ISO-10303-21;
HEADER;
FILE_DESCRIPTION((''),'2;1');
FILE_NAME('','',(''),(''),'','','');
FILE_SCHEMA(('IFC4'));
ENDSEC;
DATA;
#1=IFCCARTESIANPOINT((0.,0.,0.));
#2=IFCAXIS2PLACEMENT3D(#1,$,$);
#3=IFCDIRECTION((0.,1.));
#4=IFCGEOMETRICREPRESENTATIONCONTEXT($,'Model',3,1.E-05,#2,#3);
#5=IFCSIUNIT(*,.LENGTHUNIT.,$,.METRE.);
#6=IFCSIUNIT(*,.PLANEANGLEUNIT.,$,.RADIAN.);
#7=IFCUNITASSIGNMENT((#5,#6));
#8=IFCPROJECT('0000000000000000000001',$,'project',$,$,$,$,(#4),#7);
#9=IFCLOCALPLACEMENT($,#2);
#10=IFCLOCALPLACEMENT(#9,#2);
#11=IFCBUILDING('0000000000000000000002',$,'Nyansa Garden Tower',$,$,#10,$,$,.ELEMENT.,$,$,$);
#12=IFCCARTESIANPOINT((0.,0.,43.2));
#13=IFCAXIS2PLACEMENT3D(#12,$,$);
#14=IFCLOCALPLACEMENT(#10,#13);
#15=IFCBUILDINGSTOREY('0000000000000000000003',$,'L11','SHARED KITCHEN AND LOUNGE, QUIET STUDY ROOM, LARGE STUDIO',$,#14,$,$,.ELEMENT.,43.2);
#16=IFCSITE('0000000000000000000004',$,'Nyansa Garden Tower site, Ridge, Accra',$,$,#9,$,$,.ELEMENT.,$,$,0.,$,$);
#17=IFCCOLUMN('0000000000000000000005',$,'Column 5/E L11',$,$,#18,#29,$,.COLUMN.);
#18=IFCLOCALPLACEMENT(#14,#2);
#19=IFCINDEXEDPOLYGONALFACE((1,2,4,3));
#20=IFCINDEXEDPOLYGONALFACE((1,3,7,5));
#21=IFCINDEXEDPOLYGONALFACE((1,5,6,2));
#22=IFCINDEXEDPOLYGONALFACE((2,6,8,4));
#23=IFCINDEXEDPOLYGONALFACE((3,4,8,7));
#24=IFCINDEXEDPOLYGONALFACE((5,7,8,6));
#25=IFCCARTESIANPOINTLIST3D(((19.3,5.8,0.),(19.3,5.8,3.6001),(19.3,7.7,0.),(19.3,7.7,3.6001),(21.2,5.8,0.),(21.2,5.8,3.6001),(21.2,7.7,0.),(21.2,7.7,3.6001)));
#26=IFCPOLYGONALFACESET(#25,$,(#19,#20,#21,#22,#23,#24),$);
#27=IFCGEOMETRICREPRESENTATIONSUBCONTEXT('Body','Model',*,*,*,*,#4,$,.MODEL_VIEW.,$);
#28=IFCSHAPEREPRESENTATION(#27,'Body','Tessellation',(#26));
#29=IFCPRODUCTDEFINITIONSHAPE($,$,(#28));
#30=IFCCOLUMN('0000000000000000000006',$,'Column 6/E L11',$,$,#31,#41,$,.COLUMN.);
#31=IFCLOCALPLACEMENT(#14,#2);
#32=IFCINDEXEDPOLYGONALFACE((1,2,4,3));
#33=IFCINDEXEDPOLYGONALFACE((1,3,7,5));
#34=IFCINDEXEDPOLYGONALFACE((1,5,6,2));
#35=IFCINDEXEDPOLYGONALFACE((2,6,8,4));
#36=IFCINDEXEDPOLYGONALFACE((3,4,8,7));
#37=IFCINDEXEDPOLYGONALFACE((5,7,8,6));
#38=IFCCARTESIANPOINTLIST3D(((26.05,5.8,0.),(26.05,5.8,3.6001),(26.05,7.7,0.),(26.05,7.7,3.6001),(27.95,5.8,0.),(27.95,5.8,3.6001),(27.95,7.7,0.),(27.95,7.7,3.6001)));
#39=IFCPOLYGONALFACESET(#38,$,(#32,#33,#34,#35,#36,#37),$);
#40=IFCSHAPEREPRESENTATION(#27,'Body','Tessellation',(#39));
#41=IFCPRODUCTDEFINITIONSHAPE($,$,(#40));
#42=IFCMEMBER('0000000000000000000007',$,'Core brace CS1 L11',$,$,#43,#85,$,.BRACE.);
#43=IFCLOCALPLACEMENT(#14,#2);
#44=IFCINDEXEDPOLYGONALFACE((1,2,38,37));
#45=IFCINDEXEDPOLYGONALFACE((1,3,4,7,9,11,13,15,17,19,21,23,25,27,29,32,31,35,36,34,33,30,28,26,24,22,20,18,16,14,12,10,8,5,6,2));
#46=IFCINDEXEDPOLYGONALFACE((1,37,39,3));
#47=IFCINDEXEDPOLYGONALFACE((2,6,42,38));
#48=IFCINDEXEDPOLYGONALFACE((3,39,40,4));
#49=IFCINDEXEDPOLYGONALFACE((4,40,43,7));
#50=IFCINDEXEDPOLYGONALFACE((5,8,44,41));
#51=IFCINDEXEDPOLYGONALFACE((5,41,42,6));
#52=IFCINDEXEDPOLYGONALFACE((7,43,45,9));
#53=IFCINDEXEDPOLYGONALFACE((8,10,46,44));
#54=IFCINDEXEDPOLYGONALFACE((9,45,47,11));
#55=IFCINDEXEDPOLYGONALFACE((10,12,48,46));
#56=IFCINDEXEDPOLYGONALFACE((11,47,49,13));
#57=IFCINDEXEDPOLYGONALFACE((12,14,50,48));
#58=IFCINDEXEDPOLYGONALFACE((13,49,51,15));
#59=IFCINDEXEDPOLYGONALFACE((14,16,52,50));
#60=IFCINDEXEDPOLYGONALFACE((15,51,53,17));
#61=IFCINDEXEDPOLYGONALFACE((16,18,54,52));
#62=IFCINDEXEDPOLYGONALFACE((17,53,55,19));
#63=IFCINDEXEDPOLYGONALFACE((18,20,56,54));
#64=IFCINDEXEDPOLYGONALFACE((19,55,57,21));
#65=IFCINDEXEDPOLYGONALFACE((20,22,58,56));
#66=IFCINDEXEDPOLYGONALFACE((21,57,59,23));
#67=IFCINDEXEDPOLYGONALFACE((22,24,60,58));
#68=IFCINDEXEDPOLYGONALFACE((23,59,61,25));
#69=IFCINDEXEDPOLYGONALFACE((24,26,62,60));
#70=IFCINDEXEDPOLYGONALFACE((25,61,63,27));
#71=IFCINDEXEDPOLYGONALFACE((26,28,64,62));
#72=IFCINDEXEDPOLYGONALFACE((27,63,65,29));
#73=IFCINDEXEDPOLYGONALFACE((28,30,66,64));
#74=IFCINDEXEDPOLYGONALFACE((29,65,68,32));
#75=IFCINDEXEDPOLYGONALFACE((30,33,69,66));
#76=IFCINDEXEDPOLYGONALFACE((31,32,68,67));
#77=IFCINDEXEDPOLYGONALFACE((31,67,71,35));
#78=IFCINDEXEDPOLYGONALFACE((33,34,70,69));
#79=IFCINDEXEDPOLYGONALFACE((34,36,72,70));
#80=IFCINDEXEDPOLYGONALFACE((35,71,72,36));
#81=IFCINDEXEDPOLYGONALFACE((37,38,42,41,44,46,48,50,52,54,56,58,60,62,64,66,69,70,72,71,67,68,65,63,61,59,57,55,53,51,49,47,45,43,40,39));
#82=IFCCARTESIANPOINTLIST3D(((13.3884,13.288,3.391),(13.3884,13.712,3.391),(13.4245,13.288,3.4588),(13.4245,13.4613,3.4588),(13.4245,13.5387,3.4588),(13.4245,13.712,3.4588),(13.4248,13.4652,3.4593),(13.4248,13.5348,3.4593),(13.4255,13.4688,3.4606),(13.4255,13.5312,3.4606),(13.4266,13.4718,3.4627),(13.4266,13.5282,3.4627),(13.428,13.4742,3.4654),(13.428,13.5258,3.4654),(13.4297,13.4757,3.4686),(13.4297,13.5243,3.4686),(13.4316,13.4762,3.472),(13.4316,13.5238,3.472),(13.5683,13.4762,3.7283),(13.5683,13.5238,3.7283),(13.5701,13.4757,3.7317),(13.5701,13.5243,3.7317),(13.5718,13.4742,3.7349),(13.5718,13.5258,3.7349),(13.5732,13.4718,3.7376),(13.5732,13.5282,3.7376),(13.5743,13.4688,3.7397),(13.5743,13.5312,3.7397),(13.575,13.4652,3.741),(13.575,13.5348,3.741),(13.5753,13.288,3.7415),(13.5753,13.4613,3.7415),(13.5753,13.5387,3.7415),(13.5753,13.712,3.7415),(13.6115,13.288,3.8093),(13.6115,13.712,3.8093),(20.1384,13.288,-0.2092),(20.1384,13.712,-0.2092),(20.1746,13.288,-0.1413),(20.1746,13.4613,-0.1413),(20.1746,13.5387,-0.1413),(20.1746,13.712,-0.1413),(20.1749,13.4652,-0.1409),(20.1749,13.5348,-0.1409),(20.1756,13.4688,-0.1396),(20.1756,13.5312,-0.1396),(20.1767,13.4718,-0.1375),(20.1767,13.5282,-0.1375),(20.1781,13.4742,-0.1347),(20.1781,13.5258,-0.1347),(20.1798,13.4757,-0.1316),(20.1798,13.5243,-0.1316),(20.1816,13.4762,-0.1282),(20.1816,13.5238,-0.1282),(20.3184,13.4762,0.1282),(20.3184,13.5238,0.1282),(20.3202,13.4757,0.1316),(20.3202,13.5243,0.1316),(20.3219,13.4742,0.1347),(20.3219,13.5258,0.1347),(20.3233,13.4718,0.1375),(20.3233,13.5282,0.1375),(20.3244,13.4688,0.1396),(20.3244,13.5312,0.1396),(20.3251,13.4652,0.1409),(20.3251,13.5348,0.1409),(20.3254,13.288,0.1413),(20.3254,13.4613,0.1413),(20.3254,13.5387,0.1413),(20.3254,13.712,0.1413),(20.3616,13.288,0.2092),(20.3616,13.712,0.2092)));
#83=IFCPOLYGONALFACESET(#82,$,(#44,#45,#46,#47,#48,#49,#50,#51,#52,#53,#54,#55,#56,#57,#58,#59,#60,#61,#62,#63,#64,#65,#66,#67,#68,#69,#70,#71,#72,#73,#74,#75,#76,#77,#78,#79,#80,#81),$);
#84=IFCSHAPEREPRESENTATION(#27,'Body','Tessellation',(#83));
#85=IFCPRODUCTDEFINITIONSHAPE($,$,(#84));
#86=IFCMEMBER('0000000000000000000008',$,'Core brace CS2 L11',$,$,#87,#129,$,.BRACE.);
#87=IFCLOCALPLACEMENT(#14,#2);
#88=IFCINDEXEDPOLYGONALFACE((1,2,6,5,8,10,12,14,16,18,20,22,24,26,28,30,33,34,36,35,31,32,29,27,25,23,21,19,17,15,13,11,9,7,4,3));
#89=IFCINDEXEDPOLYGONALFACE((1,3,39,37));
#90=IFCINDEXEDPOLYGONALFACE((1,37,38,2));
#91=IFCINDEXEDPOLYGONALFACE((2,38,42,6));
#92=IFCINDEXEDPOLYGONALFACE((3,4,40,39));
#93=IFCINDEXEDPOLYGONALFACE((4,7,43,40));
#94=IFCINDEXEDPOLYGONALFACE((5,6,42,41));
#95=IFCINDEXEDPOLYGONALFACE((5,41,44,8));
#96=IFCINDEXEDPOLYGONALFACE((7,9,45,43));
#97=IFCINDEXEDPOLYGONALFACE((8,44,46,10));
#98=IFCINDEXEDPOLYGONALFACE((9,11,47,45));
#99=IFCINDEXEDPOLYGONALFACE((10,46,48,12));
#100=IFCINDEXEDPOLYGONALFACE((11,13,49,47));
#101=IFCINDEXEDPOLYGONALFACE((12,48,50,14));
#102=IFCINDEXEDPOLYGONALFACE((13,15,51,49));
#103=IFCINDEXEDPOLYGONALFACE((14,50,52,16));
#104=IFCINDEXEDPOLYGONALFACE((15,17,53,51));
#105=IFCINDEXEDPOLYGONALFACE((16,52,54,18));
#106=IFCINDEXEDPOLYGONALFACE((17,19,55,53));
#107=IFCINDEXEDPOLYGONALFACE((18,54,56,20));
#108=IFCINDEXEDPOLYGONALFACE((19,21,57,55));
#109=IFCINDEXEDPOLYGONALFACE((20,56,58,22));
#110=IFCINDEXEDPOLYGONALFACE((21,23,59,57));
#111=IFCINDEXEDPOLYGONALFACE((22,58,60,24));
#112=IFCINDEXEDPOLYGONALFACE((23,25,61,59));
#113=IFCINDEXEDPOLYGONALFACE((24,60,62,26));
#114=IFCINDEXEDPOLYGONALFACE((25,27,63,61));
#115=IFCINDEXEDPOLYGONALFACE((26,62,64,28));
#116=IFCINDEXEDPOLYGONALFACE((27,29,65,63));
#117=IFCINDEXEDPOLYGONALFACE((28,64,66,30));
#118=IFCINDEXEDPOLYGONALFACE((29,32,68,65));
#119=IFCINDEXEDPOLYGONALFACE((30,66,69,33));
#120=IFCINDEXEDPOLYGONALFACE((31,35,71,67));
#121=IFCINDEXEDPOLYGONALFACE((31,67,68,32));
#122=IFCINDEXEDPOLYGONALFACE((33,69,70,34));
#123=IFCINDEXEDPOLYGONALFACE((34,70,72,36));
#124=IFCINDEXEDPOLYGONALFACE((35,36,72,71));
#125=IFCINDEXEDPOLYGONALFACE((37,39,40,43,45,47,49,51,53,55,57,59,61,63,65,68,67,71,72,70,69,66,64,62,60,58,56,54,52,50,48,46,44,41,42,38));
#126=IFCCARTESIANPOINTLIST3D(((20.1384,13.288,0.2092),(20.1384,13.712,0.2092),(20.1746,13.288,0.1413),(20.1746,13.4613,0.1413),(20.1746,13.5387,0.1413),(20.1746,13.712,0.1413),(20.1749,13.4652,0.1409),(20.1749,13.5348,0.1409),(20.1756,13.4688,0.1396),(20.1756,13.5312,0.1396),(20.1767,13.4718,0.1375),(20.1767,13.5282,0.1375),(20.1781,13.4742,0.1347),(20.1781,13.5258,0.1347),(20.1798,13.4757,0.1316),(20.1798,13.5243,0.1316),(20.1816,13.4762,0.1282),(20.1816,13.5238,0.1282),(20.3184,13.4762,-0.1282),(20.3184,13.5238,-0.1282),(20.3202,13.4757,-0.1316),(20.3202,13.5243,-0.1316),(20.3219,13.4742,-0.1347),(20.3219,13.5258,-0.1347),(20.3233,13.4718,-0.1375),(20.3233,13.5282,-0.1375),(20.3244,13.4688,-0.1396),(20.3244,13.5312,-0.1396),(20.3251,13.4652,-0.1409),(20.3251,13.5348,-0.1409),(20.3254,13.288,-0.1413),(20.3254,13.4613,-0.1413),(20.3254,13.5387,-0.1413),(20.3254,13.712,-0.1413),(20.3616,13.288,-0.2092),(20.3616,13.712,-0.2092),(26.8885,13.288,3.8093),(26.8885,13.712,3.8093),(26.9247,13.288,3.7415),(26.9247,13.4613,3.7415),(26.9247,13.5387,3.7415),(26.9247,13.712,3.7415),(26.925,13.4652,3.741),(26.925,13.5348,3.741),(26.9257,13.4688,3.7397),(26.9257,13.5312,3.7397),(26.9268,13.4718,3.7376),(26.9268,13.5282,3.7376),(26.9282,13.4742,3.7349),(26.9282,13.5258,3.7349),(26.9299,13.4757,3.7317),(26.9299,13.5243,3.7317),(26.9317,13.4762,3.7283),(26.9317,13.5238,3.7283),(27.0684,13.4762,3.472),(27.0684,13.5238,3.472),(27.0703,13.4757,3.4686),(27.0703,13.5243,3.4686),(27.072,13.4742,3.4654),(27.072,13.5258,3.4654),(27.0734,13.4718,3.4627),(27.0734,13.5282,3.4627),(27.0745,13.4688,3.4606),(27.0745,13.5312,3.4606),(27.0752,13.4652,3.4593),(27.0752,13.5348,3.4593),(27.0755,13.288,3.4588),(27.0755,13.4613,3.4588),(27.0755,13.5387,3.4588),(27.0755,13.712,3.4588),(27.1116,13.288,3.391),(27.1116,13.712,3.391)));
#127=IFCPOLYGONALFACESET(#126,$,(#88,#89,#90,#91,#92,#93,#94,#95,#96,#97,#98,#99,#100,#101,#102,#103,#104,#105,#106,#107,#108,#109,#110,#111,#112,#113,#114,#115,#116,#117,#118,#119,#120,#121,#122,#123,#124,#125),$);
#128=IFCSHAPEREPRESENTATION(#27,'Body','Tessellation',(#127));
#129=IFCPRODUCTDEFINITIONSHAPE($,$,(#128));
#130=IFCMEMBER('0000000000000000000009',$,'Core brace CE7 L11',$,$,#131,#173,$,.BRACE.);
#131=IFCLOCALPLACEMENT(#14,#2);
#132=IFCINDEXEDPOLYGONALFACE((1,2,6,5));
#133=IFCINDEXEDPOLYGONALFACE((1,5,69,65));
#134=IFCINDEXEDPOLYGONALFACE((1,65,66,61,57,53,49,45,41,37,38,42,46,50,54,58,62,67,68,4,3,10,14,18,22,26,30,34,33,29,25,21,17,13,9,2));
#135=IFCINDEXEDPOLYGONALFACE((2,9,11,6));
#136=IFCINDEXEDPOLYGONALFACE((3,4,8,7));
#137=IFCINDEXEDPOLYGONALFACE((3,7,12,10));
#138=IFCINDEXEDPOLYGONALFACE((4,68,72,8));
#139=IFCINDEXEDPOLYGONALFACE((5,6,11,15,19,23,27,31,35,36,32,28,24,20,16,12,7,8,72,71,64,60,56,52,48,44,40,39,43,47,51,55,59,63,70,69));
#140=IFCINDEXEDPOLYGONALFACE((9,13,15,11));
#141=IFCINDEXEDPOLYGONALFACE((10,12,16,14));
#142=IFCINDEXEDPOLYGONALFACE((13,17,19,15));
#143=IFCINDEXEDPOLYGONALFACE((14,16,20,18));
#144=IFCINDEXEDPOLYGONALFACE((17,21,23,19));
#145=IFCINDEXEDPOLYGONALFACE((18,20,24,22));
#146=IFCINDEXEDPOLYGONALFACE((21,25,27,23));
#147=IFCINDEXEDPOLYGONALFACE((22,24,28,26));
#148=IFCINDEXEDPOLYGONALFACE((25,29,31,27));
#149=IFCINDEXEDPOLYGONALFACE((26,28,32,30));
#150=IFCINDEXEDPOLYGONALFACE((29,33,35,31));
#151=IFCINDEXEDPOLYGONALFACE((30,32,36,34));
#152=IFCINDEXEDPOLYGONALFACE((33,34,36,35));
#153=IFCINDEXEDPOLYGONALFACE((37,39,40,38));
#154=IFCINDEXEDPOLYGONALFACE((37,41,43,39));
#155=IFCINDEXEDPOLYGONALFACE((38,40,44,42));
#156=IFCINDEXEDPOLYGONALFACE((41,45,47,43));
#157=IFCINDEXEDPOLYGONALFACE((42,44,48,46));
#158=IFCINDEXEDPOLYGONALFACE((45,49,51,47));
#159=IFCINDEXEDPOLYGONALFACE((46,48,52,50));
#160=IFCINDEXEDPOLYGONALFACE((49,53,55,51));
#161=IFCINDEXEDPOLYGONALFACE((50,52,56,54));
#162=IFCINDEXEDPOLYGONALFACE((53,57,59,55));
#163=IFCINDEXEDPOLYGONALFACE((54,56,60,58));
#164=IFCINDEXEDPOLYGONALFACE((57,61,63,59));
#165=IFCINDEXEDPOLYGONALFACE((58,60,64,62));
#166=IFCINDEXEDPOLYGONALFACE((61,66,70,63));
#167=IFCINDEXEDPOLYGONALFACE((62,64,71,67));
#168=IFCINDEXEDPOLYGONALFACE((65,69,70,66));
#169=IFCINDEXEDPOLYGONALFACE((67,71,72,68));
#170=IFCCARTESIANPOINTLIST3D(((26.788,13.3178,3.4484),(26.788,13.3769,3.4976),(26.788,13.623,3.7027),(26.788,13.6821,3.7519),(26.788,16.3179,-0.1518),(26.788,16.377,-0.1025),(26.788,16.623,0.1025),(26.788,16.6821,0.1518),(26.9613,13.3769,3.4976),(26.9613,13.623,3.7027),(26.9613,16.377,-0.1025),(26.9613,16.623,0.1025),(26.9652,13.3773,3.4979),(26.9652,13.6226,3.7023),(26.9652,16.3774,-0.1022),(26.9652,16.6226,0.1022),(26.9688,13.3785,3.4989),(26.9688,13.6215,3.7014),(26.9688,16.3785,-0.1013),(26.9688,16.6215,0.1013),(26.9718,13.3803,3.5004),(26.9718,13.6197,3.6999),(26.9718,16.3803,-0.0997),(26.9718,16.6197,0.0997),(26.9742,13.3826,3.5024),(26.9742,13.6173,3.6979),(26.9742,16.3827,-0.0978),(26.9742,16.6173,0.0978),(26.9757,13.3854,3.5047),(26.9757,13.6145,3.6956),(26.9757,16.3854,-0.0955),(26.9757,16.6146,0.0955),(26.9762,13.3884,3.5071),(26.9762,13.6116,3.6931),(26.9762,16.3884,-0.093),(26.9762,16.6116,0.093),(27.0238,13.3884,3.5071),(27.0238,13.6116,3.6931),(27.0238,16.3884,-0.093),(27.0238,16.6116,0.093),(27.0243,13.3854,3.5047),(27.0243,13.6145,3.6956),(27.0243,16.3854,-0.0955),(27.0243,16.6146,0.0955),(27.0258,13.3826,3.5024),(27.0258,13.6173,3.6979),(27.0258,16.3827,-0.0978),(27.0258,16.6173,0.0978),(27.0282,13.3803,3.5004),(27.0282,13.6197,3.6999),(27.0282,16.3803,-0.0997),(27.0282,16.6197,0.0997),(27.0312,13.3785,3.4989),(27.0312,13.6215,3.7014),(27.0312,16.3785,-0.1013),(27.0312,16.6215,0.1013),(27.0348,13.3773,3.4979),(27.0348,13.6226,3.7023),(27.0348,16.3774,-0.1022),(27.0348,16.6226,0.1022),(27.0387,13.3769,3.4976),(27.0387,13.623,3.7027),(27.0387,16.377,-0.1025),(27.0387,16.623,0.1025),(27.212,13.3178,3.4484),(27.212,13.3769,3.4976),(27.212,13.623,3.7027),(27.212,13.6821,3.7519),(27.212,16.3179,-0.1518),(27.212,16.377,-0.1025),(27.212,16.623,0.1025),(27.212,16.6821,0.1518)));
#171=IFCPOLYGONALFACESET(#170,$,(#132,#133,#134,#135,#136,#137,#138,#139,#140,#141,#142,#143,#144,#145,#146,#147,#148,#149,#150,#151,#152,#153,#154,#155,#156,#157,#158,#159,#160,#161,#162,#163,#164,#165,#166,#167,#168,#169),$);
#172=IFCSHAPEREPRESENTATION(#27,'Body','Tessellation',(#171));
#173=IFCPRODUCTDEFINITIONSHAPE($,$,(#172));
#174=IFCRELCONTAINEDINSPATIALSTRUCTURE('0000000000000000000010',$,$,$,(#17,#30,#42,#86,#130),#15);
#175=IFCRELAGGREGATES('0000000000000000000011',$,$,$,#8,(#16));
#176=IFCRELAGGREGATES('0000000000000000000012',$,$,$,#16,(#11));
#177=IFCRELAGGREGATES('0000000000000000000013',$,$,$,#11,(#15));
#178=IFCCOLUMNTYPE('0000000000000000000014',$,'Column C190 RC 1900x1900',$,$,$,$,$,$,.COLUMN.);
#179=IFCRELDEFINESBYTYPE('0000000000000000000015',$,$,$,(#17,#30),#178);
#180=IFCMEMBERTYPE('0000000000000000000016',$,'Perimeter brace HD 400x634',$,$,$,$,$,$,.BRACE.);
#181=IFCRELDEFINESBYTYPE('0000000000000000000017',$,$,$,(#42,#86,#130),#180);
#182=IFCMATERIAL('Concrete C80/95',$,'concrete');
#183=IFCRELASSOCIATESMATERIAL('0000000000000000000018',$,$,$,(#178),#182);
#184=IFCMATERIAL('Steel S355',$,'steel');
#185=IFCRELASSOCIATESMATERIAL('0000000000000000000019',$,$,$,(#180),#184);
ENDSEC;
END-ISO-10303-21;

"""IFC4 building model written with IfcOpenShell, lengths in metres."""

from ifc_helpers import new_model, si_unit, direction, frame, origin, origin_2d, place, context, subcontext, project, spatial, rectangle, i_section, extrude, material, material_profile, profile_set, type_object, element, save


model = new_model("IFC4")

# Units and contexts
model_context = context("Model", 3, precision=1e-05, world=origin(), true_north=direction((0.0, 1.0)))
body_context = subcontext(model_context, "Body", "Model", "MODEL_VIEW")
ifc_project = project(units=[si_unit("LENGTHUNIT", "METRE"), si_unit("PLANEANGLEUNIT", "RADIAN")], contexts=[model_context])

# Site, building, storey
site_placement = place(None, origin())
site = spatial("IfcSite", under=ifc_project, at=site_placement, Name="Nyansa Garden Tower site, Ridge, Accra", CompositionType="ELEMENT", RefElevation=0.0)
building_placement = place(site_placement, origin())
building = spatial("IfcBuilding", under=site, at=building_placement, Name="Nyansa Garden Tower", CompositionType="ELEMENT")
storey_placement = place(building_placement, frame((0.0, 0.0, 43.2)))
storey = spatial("IfcBuildingStorey", under=building, at=storey_placement, Name="L11", Description="SHARED KITCHEN AND LOUNGE, QUIET STUDY ROOM, LARGE STUDIO", CompositionType="ELEMENT", Elevation=43.2)

# Columns
ifc_material_1 = material(Name="Concrete C80/95", Category="concrete")
ifc_material_profile_1 = material_profile(ifc_material_1, rectangle(XDim=1.8999, YDim=1.8999, at=origin_2d()), Name="RC 1900x1900")
ifc_profile_set_1 = profile_set([ifc_material_profile_1], Name="Concrete C80/95")
column_type = type_object("IfcColumnType", Name="Column C190 RC 1900x1900", PredefinedType="COLUMN", material=ifc_profile_set_1)
for number, where, z_axis, x_axis, name in (
    (1, (20.25, 6.75, 0.0), (0.0, 0.0, 1.0), (1.0, 0.0, 0.0), "Column 5/E L11"),
    (2, (27.0, 6.75, 0.0), (0.0, 0.0, 1.0), (1.0, 0.0, 0.0), "Column 6/E L11"),
):
    element("IfcColumn", number, at=place(storey_placement, frame(where, z_axis=z_axis, x_axis=x_axis)), inside=storey, type_object=column_type, Name=name, PredefinedType="COLUMN", context=body_context, shape_type="SweptSolid", body=[
        extrude(rectangle(XDim=1.8999, YDim=1.8999, at=origin_2d()), origin(), (0.0, 0.0, 1.0), 3.6001),
    ])

# Members
ifc_material_2 = material(Name="Steel S355", Category="steel")
ifc_material_profile_2 = material_profile(ifc_material_2, i_section(OverallWidth=0.4241, OverallDepth=0.4741, WebThickness=0.0476, FlangeThickness=0.0769, FilletRadius=0.0149, at=origin_2d()), Name="HD 400x634")
ifc_profile_set_2 = profile_set([ifc_material_profile_2], Name="Steel S355")
member_type = type_object("IfcMemberType", Name="Perimeter brace HD 400x634", PredefinedType="BRACE", material=ifc_profile_set_2)
for number, where, z_axis, x_axis, name in (
    (3, (20.25, 13.5, 0.0), (-0.882348, 0.0, 0.470598), (0.0, -1.0, 0.0), "Core brace CS1 L11"),
    (4, (20.25, 13.5, 0.0), (0.882348, 0.0, 0.470598), (0.0, 1.0, 0.0), "Core brace CS2 L11"),
):
    element("IfcMember", number, at=place(storey_placement, frame(where, z_axis=z_axis, x_axis=x_axis)), inside=storey, type_object=member_type, Name=name, PredefinedType="BRACE", context=body_context, shape_type="SweptSolid", body=[
        extrude(i_section(OverallWidth=0.4241, OverallDepth=0.4741, WebThickness=0.0476, FlangeThickness=0.0769, FilletRadius=0.0149, at=origin_2d()), origin(), (0.0, 0.0, 1.0), 7.6501),
    ])
member_placement = place(storey_placement, frame((27.0, 16.5, 0.0), z_axis=(0.0, -0.640174, 0.76823), x_axis=(1.0, 0.0, 0.0)))
element("IfcMember", 5, at=member_placement, inside=storey, type_object=member_type, Name="Core brace CE7 L11", PredefinedType="BRACE", context=body_context, shape_type="SweptSolid", body=[
    extrude(i_section(OverallWidth=0.4241, OverallDepth=0.4741, WebThickness=0.0476, FlangeThickness=0.0769, FilletRadius=0.0149, at=origin_2d()), origin(), (0.0, 0.0, 1.0), 4.6863),
])

save(model, "model.ifc")
